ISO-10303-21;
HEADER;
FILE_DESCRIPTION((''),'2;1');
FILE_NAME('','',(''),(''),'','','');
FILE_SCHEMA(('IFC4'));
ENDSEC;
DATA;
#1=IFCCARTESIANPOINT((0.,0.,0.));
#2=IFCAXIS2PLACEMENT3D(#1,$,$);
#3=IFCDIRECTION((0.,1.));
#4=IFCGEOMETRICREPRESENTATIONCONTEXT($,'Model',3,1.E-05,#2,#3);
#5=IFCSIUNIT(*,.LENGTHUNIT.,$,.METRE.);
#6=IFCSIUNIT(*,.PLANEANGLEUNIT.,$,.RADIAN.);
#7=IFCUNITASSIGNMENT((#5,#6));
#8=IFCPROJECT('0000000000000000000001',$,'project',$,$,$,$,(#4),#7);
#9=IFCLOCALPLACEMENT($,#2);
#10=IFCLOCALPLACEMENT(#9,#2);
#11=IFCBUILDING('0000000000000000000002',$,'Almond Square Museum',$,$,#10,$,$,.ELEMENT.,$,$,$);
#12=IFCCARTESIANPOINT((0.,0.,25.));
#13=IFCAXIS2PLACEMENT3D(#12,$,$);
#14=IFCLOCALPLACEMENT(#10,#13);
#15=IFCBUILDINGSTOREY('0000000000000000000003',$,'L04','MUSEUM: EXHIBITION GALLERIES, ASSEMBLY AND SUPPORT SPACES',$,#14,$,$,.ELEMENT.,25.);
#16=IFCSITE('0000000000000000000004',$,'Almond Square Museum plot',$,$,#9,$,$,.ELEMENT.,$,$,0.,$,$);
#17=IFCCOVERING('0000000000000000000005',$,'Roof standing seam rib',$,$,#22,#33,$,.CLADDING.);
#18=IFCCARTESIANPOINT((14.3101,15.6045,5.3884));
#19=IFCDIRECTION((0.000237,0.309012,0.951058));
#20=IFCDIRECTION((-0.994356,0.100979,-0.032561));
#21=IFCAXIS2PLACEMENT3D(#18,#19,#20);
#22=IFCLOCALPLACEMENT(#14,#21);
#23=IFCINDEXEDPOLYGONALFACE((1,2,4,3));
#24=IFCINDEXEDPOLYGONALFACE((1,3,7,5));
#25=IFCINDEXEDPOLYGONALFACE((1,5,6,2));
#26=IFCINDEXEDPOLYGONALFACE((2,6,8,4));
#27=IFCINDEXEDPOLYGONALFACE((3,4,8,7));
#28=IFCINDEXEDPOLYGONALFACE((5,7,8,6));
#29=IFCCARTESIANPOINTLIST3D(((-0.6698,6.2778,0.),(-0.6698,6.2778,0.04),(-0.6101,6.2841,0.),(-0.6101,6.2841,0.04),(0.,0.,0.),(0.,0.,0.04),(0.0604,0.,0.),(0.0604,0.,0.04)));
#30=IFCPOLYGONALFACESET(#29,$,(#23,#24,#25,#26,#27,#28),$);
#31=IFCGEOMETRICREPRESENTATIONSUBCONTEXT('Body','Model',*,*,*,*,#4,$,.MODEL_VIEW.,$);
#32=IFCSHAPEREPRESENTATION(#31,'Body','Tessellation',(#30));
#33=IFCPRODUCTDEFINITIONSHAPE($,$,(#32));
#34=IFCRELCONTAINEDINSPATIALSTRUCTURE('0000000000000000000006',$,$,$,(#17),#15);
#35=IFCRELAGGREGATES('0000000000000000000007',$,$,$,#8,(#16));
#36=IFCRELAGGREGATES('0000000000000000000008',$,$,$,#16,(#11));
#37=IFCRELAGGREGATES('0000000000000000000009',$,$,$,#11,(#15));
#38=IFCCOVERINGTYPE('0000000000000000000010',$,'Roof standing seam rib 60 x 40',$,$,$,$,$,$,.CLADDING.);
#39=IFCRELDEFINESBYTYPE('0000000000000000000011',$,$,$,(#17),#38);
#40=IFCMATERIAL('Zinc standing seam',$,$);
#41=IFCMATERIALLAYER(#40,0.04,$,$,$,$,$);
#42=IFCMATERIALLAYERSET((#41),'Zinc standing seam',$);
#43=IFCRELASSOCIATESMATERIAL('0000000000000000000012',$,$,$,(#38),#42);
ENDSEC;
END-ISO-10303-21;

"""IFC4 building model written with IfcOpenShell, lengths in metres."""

from ifc_helpers import new_model, si_unit, direction, frame, origin, place, context, subcontext, project, spatial, polyline, outline, extrude, material, layer, layer_set, type_object, element, save


model = new_model("IFC4")

# Units and contexts
model_context = context("Model", 3, precision=1e-05, world=origin(), true_north=direction((0.0, 1.0)))
body_context = subcontext(model_context, "Body", "Model", "MODEL_VIEW")
ifc_project = project(units=[si_unit("LENGTHUNIT", "METRE"), si_unit("PLANEANGLEUNIT", "RADIAN")], contexts=[model_context])

# Site, building, storey
site_placement = place(None, origin())
site = spatial("IfcSite", under=ifc_project, at=site_placement, Name="Almond Square Museum plot", CompositionType="ELEMENT", RefElevation=0.0)
building_placement = place(site_placement, origin())
building = spatial("IfcBuilding", under=site, at=building_placement, Name="Almond Square Museum", CompositionType="ELEMENT")
storey_placement = place(building_placement, frame((0.0, 0.0, 25.0)))
storey = spatial("IfcBuildingStorey", under=building, at=storey_placement, Name="L04", Description="MUSEUM: EXHIBITION GALLERIES, ASSEMBLY AND SUPPORT SPACES", CompositionType="ELEMENT", Elevation=25.0)

# Covering
ifc_material_1 = material(Name="Zinc standing seam")
ifc_layer_1 = layer(ifc_material_1, 0.04)
ifc_layer_set_1 = layer_set([ifc_layer_1], Name="Zinc standing seam")
covering_type = type_object("IfcCoveringType", Name="Roof standing seam rib 60 x 40", PredefinedType="CLADDING", material=ifc_layer_set_1)
covering_1_placement = place(storey_placement, frame((14.3101, 15.6045, 5.3884), z_axis=(0.000237, 0.309012, 0.951058), x_axis=(-0.994356, 0.100979, -0.032561)))
element("IfcCovering", 1, at=covering_1_placement, inside=storey, type_object=covering_type, Name="Roof standing seam rib", PredefinedType="CLADDING", context=body_context, shape_type="SweptSolid", body=[
    extrude(outline(polyline([(0.0, 0.0), (0.0604, 0.0), (-0.6101, 6.2841), (-0.6698, 6.2778), (0.0, 0.0)])), origin(), (0.0, 0.0, 1.0), 0.04),
])

save(model, "model.ifc")
